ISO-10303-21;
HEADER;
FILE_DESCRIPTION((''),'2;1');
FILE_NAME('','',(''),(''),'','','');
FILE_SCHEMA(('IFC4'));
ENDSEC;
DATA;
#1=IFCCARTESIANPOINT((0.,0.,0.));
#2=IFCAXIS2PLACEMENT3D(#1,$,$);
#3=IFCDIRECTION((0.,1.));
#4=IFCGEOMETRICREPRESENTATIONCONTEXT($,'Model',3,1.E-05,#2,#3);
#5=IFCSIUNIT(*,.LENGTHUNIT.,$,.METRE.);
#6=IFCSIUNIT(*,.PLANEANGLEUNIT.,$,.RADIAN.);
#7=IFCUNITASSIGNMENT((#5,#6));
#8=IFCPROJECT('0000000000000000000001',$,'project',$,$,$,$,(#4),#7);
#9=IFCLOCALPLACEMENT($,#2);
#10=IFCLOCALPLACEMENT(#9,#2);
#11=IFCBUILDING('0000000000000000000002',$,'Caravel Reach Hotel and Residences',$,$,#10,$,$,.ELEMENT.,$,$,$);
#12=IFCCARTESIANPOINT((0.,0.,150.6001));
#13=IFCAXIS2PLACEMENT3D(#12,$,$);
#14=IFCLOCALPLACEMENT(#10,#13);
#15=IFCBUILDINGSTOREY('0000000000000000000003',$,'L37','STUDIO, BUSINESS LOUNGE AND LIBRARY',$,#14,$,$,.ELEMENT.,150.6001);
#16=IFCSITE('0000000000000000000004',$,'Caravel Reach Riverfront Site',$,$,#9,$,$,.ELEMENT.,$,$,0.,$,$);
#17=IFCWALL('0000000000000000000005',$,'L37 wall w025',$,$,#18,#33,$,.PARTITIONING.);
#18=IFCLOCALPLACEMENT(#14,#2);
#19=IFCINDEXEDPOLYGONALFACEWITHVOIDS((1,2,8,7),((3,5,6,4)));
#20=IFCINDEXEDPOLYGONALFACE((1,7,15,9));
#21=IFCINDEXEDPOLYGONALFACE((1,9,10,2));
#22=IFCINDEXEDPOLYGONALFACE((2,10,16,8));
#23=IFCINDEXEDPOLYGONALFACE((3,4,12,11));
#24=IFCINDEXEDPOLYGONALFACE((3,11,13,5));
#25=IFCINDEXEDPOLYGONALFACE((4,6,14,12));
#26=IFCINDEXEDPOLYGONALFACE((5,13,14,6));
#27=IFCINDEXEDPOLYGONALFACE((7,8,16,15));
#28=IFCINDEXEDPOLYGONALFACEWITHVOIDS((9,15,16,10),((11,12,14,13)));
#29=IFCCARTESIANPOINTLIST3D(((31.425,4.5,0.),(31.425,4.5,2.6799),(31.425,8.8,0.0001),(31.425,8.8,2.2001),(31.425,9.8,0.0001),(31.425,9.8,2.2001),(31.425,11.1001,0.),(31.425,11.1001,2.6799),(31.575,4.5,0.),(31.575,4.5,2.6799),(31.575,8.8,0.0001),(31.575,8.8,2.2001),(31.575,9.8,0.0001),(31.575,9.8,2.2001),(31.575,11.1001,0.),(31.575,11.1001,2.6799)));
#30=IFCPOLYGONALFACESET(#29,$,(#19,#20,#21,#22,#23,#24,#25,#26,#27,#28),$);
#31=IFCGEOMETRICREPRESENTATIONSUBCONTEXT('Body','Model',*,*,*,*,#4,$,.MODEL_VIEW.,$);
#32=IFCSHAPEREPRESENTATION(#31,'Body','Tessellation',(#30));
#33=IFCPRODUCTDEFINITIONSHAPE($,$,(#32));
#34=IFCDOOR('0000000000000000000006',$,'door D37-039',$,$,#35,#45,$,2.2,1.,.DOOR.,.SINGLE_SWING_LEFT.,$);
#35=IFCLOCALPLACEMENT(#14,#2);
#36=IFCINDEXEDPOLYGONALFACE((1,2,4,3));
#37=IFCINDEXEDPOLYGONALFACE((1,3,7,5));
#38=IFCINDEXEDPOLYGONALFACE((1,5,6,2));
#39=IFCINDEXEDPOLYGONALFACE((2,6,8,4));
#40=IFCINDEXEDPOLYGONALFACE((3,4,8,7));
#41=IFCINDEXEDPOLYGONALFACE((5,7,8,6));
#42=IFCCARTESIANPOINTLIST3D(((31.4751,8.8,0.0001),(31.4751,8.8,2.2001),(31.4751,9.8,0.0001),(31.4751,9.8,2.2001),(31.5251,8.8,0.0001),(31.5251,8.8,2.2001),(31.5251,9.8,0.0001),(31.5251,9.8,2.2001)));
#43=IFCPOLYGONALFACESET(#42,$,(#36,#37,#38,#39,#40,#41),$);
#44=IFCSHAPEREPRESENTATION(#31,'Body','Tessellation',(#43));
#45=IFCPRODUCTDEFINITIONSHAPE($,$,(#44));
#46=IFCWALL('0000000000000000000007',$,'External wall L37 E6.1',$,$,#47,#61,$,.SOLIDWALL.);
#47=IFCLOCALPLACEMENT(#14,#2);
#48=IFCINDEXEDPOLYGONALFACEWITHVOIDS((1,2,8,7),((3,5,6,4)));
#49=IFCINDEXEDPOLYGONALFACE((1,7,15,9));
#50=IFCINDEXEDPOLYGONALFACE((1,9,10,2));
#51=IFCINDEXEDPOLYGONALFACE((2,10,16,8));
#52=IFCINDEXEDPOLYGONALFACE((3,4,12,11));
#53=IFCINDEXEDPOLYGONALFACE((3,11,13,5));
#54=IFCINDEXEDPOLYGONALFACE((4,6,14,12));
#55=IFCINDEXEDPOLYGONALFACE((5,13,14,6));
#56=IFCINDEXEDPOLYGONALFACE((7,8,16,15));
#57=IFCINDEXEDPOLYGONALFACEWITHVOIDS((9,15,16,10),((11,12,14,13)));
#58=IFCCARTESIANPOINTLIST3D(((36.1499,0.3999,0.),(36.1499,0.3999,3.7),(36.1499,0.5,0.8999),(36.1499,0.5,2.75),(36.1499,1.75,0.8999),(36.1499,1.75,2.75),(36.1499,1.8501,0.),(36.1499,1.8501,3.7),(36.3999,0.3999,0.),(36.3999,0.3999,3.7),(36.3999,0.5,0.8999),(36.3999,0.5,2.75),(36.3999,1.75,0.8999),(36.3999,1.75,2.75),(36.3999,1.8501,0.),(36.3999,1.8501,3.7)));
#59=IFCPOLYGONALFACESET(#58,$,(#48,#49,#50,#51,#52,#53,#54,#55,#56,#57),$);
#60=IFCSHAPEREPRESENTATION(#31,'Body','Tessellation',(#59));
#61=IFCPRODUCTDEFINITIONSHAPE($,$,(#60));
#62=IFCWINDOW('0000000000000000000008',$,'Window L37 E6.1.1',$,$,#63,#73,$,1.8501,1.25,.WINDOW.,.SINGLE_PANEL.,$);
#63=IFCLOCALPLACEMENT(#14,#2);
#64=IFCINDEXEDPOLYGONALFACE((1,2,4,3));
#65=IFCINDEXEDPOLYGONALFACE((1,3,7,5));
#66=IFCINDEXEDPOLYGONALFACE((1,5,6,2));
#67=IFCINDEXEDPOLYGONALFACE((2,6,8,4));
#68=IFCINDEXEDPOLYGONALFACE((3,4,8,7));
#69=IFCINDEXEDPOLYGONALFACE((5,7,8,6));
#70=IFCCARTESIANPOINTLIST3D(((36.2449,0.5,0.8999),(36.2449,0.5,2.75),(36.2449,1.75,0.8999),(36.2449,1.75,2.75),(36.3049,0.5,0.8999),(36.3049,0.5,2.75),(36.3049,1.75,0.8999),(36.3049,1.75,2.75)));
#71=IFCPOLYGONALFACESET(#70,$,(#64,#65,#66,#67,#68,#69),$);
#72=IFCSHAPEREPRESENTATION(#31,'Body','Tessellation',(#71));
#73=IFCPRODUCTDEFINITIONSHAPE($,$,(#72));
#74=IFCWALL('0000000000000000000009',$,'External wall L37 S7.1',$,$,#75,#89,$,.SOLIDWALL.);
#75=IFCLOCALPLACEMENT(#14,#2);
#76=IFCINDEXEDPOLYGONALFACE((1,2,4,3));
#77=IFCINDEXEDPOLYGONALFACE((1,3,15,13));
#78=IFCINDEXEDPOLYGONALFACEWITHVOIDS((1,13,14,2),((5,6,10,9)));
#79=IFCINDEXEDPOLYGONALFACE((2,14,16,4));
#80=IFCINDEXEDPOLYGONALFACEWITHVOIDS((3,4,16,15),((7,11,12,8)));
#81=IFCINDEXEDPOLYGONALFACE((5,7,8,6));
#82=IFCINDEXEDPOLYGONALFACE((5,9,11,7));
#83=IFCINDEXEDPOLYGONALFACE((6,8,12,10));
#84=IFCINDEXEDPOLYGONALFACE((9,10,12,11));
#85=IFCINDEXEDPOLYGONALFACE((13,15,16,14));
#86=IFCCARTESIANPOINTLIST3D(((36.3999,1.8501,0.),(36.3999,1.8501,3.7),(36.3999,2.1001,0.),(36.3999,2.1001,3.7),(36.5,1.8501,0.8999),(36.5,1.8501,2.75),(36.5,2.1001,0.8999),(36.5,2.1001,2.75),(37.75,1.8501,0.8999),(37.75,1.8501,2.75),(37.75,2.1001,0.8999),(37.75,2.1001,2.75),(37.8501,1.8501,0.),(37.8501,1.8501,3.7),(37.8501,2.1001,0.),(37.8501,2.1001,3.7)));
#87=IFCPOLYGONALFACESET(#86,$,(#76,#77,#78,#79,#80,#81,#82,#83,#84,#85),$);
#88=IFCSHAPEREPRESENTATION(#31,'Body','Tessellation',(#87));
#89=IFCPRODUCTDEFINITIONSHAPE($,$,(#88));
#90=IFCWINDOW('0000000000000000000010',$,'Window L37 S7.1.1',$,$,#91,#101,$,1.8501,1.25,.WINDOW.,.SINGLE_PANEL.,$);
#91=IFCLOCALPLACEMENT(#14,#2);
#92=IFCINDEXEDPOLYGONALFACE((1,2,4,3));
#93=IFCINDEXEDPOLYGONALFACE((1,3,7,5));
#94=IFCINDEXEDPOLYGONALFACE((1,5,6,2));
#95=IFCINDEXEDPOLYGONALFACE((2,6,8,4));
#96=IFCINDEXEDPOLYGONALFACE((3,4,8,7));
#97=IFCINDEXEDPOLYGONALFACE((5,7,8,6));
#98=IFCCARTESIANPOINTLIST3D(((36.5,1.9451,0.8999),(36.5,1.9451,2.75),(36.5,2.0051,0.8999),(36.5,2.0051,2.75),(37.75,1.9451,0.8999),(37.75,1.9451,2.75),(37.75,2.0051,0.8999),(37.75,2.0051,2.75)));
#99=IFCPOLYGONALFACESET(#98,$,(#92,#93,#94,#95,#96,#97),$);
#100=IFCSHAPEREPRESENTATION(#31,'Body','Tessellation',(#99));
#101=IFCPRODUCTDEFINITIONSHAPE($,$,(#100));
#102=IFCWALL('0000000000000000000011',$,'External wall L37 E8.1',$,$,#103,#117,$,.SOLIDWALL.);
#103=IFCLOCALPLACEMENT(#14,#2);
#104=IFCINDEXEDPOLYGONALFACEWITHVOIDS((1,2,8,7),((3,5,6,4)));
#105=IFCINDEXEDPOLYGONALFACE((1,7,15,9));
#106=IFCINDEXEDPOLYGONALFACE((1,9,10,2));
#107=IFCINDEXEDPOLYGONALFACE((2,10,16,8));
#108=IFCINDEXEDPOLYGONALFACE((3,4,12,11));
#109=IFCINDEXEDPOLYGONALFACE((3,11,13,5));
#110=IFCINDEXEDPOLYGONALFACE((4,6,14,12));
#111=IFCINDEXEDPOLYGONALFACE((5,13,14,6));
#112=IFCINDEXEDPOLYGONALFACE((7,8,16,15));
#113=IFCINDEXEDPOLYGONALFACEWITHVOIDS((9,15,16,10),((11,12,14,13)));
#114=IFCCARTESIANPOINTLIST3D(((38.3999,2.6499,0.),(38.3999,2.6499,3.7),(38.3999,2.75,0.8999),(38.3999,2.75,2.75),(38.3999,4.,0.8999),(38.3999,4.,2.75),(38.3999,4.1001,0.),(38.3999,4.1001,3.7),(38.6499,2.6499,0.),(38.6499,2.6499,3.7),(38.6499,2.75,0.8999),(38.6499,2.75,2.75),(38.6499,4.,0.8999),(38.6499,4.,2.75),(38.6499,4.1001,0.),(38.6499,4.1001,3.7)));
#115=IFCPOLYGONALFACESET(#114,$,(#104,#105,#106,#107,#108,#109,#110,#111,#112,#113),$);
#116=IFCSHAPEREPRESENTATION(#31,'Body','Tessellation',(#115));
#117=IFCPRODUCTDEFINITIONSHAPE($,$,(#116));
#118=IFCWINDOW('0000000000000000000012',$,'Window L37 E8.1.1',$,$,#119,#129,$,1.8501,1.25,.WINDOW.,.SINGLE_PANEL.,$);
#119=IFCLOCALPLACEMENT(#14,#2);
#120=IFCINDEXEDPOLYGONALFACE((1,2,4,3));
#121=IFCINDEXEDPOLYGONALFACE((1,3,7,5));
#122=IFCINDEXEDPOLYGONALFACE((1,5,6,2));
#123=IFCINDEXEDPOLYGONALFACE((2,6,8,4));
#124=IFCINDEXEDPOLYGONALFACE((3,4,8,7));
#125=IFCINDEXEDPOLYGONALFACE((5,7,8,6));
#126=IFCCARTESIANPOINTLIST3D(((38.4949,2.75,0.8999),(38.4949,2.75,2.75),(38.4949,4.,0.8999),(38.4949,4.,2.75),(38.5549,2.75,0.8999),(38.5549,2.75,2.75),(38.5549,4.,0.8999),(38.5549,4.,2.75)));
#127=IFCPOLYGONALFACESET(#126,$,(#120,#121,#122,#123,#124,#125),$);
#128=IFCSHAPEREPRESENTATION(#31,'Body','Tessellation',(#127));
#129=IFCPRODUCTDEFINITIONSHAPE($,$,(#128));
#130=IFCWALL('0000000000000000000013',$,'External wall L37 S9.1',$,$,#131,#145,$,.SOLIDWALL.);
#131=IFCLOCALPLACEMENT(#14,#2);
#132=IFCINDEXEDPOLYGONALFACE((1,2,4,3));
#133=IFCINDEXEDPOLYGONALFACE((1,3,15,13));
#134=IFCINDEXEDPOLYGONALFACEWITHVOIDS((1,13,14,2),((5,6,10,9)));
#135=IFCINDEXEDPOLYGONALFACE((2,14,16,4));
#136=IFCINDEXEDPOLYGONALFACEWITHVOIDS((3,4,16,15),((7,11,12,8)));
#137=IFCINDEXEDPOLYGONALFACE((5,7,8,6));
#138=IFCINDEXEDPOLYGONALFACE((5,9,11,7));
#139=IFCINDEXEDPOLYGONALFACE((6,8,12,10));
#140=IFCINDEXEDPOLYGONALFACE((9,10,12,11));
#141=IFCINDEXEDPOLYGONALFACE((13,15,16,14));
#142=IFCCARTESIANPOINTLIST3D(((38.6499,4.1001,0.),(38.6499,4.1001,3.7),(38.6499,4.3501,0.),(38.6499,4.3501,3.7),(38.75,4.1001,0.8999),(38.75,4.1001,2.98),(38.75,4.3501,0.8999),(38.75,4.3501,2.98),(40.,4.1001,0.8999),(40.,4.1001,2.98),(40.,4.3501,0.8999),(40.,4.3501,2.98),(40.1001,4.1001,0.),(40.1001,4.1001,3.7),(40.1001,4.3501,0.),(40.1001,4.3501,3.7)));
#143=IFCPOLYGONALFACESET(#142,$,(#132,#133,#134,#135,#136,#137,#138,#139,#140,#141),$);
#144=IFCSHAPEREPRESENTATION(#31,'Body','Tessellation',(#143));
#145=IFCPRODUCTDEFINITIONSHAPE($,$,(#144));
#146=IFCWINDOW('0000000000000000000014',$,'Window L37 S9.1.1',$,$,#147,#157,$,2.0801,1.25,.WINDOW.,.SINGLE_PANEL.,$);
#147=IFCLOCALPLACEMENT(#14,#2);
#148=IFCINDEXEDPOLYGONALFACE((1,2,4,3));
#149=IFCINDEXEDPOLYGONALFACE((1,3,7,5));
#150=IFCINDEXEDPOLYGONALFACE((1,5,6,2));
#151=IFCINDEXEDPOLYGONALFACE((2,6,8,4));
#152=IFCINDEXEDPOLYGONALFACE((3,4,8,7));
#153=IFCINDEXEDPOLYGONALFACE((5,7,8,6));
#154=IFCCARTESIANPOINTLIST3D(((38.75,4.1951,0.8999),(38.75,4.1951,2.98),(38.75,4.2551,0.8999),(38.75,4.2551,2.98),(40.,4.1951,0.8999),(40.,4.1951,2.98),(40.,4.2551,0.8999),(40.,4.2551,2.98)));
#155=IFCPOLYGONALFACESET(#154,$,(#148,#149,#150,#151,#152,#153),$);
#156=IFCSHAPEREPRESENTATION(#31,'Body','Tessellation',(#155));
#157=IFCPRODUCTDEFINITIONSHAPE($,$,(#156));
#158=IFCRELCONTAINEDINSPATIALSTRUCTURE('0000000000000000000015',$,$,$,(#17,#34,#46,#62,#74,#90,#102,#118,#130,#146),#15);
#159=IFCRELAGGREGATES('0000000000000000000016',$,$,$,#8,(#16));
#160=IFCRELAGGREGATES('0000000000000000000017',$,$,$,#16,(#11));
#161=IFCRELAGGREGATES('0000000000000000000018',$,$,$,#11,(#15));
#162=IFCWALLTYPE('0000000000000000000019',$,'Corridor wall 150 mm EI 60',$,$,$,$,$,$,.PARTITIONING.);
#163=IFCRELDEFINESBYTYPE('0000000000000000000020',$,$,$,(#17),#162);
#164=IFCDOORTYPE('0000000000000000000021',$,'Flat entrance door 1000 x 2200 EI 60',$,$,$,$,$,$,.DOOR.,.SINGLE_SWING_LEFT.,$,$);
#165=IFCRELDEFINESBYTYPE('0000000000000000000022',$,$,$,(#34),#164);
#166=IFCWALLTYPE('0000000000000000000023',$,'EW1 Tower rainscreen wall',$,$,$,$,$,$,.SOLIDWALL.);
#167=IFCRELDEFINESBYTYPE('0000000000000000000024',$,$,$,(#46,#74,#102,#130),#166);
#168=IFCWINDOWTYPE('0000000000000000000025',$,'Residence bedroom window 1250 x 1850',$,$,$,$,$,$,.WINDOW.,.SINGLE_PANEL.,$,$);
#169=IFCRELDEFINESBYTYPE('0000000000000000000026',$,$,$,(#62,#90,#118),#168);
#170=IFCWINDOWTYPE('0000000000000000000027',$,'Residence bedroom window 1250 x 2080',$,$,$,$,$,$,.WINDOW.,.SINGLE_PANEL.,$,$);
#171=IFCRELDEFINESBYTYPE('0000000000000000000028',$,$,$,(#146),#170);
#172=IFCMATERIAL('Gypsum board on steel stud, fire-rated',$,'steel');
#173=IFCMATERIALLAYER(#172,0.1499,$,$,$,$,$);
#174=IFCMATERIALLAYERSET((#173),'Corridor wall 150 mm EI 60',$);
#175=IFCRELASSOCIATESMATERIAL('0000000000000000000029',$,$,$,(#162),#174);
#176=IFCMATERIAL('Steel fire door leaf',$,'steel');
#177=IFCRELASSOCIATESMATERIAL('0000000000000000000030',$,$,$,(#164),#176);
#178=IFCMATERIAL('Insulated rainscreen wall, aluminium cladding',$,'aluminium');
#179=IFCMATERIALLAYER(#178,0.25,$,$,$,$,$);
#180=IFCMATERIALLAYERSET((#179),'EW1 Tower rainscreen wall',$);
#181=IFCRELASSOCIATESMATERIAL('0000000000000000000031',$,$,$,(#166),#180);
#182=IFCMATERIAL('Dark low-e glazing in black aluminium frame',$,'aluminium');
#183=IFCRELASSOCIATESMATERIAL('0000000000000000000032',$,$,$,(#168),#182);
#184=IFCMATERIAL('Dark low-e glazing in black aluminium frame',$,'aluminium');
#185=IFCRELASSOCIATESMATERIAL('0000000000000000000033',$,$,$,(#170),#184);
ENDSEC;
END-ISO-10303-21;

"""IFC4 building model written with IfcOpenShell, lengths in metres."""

from ifc_helpers import new_model, si_unit, direction, frame, frame_2d, origin, place, context, subcontext, project, spatial, rectangle, extrude, material, layer, layer_set, type_object, element, fill, save


model = new_model("IFC4")

# Units and contexts
model_context = context("Model", 3, precision=1e-05, world=origin(), true_north=direction((0.0, 1.0)))
body_context = subcontext(model_context, "Body", "Model", "MODEL_VIEW")
ifc_project = project(units=[si_unit("LENGTHUNIT", "METRE"), si_unit("PLANEANGLEUNIT", "RADIAN")], contexts=[model_context])

# Site, building, storey
site_placement = place(None, origin())
site = spatial("IfcSite", under=ifc_project, at=site_placement, Name="Caravel Reach Riverfront Site", CompositionType="ELEMENT", RefElevation=0.0)
building_placement = place(site_placement, origin())
building = spatial("IfcBuilding", under=site, at=building_placement, Name="Caravel Reach Hotel and Residences", CompositionType="ELEMENT")
storey_placement = place(building_placement, frame((0.0, 0.0, 150.6001)))
storey = spatial("IfcBuildingStorey", under=building, at=storey_placement, Name="L37", Description="STUDIO, BUSINESS LOUNGE AND LIBRARY", CompositionType="ELEMENT", Elevation=150.6001)

# Wall, opening, door
ifc_material_1 = material(Name="Gypsum board on steel stud, fire-rated", Category="steel")
ifc_layer_1 = layer(ifc_material_1, 0.1499)
ifc_layer_set_1 = layer_set([ifc_layer_1], Name="Corridor wall 150 mm EI 60")
wall_type_1 = type_object("IfcWallType", Name="Corridor wall 150 mm EI 60", PredefinedType="PARTITIONING", material=ifc_layer_set_1)
wall_1_placement = place(storey_placement, frame((31.5, 4.5, 0.0), z_axis=(0.0, 0.0, 1.0), x_axis=(0.0, 1.0, 0.0)))
wall_1 = element("IfcWall", 1, at=wall_1_placement, inside=storey, type_object=wall_type_1, Name="L37 wall w025", PredefinedType="PARTITIONING", context=body_context, shape_type="SweptSolid", body=[
    extrude(rectangle(XDim=6.6001, YDim=0.1499, at=frame_2d((3.3, 0.0))), origin(), (0.0, 0.0, 1.0), 2.6799),
])
opening_1_placement = place(wall_1_placement, frame((4.3, 0.0, 0.0)))
opening_1 = element("IfcOpeningElement", 2, at=opening_1_placement, cuts=wall_1, PredefinedType="OPENING", context=body_context, shape_type="SweptSolid", body=[
    extrude(rectangle(XDim=1.0, YDim=2.2, at=frame_2d((0.5, 1.1001))), frame((0.0, 0.085, 0.0), z_axis=(0.0, -1.0, 0.0), x_axis=(1.0, 0.0, 0.0)), (0.0, 0.0, 1.0), 0.1699),
])
ifc_material_2 = material(Name="Steel fire door leaf", Category="steel")
door_type_1 = type_object("IfcDoorType", Name="Flat entrance door 1000 x 2200 EI 60", OperationType="SINGLE_SWING_LEFT", PredefinedType="DOOR", material=ifc_material_2)
door_1_placement = place(opening_1_placement, origin())
door_1 = element("IfcDoor", 3, at=door_1_placement, inside=storey, type_object=door_type_1, Name="door D37-039", OperationType="SINGLE_SWING_LEFT", OverallHeight=2.2, OverallWidth=1.0, PredefinedType="DOOR", context=body_context, shape_type="SweptSolid", body=[
    extrude(rectangle(XDim=1.0, YDim=2.2, at=frame_2d((0.5, 1.1001))), frame((0.0, 0.0249, 0.0), z_axis=(0.0, -1.0, 0.0), x_axis=(1.0, 0.0, 0.0)), (0.0, 0.0, 1.0), 0.05),
])
fill(opening_1, door_1)

# Walls, openings, windows
ifc_material_3 = material(Name="Insulated rainscreen wall, aluminium cladding", Category="aluminium")
ifc_layer_2 = layer(ifc_material_3, 0.25)
ifc_layer_set_2 = layer_set([ifc_layer_2], Name="EW1 Tower rainscreen wall")
wall_type_2 = type_object("IfcWallType", Name="EW1 Tower rainscreen wall", PredefinedType="SOLIDWALL", material=ifc_layer_set_2)
wall_2_placement = place(storey_placement, frame((36.2749, 0.3999, 0.0), z_axis=(0.0, 0.0, 1.0), x_axis=(0.0, 1.0, 0.0)))
wall_2 = element("IfcWall", 4, at=wall_2_placement, inside=storey, type_object=wall_type_2, Name="External wall L37 E6.1", PredefinedType="SOLIDWALL", context=body_context, shape_type="SweptSolid", body=[
    extrude(rectangle(XDim=1.4502, YDim=0.25, at=frame_2d((0.7251, 0.0))), origin(), (0.0, 0.0, 1.0), 3.7),
])
opening_2_placement = place(wall_2_placement, frame((0.1001, 0.0, 0.8999)))
opening_2 = element("IfcOpeningElement", 5, at=opening_2_placement, cuts=wall_2, PredefinedType="OPENING", context=body_context, shape_type="SweptSolid", body=[
    extrude(rectangle(XDim=1.25, YDim=1.8501, at=frame_2d((0.625, 0.925))), frame((0.0, 0.135, 0.0), z_axis=(0.0, -1.0, 0.0), x_axis=(1.0, 0.0, 0.0)), (0.0, 0.0, 1.0), 0.27),
])
ifc_material_4 = material(Name="Dark low-e glazing in black aluminium frame", Category="aluminium")
window_type_1 = type_object("IfcWindowType", Name="Residence bedroom window 1250 x 1850", PartitioningType="SINGLE_PANEL", PredefinedType="WINDOW", material=ifc_material_4)
window_1_placement = place(opening_2_placement, origin())
window_1 = element("IfcWindow", 6, at=window_1_placement, inside=storey, type_object=window_type_1, Name="Window L37 E6.1.1", OverallHeight=1.8501, OverallWidth=1.25, PartitioningType="SINGLE_PANEL", PredefinedType="WINDOW", context=body_context, shape_type="SweptSolid", body=[
    extrude(rectangle(XDim=1.25, YDim=1.8501, at=frame_2d((0.625, 0.925))), frame((0.0, 0.03, 0.0), z_axis=(0.0, -1.0, 0.0), x_axis=(1.0, 0.0, 0.0)), (0.0, 0.0, 1.0), 0.0601),
])
fill(opening_2, window_1)
wall_3_placement = place(storey_placement, frame((36.3999, 1.9751, 0.0), z_axis=(0.0, 0.0, 1.0), x_axis=(1.0, 0.0, 0.0)))
wall_3 = element("IfcWall", 7, at=wall_3_placement, inside=storey, type_object=wall_type_2, Name="External wall L37 S7.1", PredefinedType="SOLIDWALL", context=body_context, shape_type="SweptSolid", body=[
    extrude(rectangle(XDim=1.4502, YDim=0.25, at=frame_2d((0.7251, 0.0))), origin(), (0.0, 0.0, 1.0), 3.7),
])
opening_3_placement = place(wall_3_placement, frame((0.1001, 0.0, 0.8999)))
opening_3 = element("IfcOpeningElement", 8, at=opening_3_placement, cuts=wall_3, PredefinedType="OPENING", context=body_context, shape_type="SweptSolid", body=[
    extrude(rectangle(XDim=1.25, YDim=1.8501, at=frame_2d((0.625, 0.925))), frame((0.0, 0.135, 0.0), z_axis=(0.0, -1.0, 0.0), x_axis=(1.0, 0.0, 0.0)), (0.0, 0.0, 1.0), 0.27),
])
window_2_placement = place(opening_3_placement, origin())
window_2 = element("IfcWindow", 9, at=window_2_placement, inside=storey, type_object=window_type_1, Name="Window L37 S7.1.1", OverallHeight=1.8501, OverallWidth=1.25, PartitioningType="SINGLE_PANEL", PredefinedType="WINDOW", context=body_context, shape_type="SweptSolid", body=[
    extrude(rectangle(XDim=1.25, YDim=1.8501, at=frame_2d((0.625, 0.925))), frame((0.0, 0.03, 0.0), z_axis=(0.0, -1.0, 0.0), x_axis=(1.0, 0.0, 0.0)), (0.0, 0.0, 1.0), 0.0601),
])
fill(opening_3, window_2)
wall_4_placement = place(storey_placement, frame((38.5249, 2.6499, 0.0), z_axis=(0.0, 0.0, 1.0), x_axis=(0.0, 1.0, 0.0)))
wall_4 = element("IfcWall", 10, at=wall_4_placement, inside=storey, type_object=wall_type_2, Name="External wall L37 E8.1", PredefinedType="SOLIDWALL", context=body_context, shape_type="SweptSolid", body=[
    extrude(rectangle(XDim=1.4502, YDim=0.25, at=frame_2d((0.7251, 0.0))), origin(), (0.0, 0.0, 1.0), 3.7),
])
opening_4_placement = place(wall_4_placement, frame((0.1001, 0.0, 0.8999)))
opening_4 = element("IfcOpeningElement", 11, at=opening_4_placement, cuts=wall_4, PredefinedType="OPENING", context=body_context, shape_type="SweptSolid", body=[
    extrude(rectangle(XDim=1.25, YDim=1.8501, at=frame_2d((0.625, 0.925))), frame((0.0, 0.135, 0.0), z_axis=(0.0, -1.0, 0.0), x_axis=(1.0, 0.0, 0.0)), (0.0, 0.0, 1.0), 0.27),
])
window_3_placement = place(opening_4_placement, origin())
window_3 = element("IfcWindow", 12, at=window_3_placement, inside=storey, type_object=window_type_1, Name="Window L37 E8.1.1", OverallHeight=1.8501, OverallWidth=1.25, PartitioningType="SINGLE_PANEL", PredefinedType="WINDOW", context=body_context, shape_type="SweptSolid", body=[
    extrude(rectangle(XDim=1.25, YDim=1.8501, at=frame_2d((0.625, 0.925))), frame((0.0, 0.03, 0.0), z_axis=(0.0, -1.0, 0.0), x_axis=(1.0, 0.0, 0.0)), (0.0, 0.0, 1.0), 0.0601),
])
fill(opening_4, window_3)
wall_5_placement = place(storey_placement, frame((38.6499, 4.2251, 0.0), z_axis=(0.0, 0.0, 1.0), x_axis=(1.0, 0.0, 0.0)))
wall_5 = element("IfcWall", 13, at=wall_5_placement, inside=storey, type_object=wall_type_2, Name="External wall L37 S9.1", PredefinedType="SOLIDWALL", context=body_context, shape_type="SweptSolid", body=[
    extrude(rectangle(XDim=1.4502, YDim=0.25, at=frame_2d((0.7251, 0.0))), origin(), (0.0, 0.0, 1.0), 3.7),
])
opening_5_placement = place(wall_5_placement, frame((0.1001, 0.0, 0.8999)))
opening_5 = element("IfcOpeningElement", 14, at=opening_5_placement, cuts=wall_5, PredefinedType="OPENING", context=body_context, shape_type="SweptSolid", body=[
    extrude(rectangle(XDim=1.25, YDim=2.0801, at=frame_2d((0.625, 1.04))), frame((0.0, 0.135, 0.0), z_axis=(0.0, -1.0, 0.0), x_axis=(1.0, 0.0, 0.0)), (0.0, 0.0, 1.0), 0.27),
])
ifc_material_5 = material(Name="Dark low-e glazing in black aluminium frame", Category="aluminium")
window_type_2 = type_object("IfcWindowType", Name="Residence bedroom window 1250 x 2080", PartitioningType="SINGLE_PANEL", PredefinedType="WINDOW", material=ifc_material_5)
window_4_placement = place(opening_5_placement, origin())
window_4 = element("IfcWindow", 15, at=window_4_placement, inside=storey, type_object=window_type_2, Name="Window L37 S9.1.1", OverallHeight=2.0801, OverallWidth=1.25, PartitioningType="SINGLE_PANEL", PredefinedType="WINDOW", context=body_context, shape_type="SweptSolid", body=[
    extrude(rectangle(XDim=1.25, YDim=2.0801, at=frame_2d((0.625, 1.04))), frame((0.0, 0.03, 0.0), z_axis=(0.0, -1.0, 0.0), x_axis=(1.0, 0.0, 0.0)), (0.0, 0.0, 1.0), 0.0601),
])
fill(opening_5, window_4)

save(model, "model.ifc")
